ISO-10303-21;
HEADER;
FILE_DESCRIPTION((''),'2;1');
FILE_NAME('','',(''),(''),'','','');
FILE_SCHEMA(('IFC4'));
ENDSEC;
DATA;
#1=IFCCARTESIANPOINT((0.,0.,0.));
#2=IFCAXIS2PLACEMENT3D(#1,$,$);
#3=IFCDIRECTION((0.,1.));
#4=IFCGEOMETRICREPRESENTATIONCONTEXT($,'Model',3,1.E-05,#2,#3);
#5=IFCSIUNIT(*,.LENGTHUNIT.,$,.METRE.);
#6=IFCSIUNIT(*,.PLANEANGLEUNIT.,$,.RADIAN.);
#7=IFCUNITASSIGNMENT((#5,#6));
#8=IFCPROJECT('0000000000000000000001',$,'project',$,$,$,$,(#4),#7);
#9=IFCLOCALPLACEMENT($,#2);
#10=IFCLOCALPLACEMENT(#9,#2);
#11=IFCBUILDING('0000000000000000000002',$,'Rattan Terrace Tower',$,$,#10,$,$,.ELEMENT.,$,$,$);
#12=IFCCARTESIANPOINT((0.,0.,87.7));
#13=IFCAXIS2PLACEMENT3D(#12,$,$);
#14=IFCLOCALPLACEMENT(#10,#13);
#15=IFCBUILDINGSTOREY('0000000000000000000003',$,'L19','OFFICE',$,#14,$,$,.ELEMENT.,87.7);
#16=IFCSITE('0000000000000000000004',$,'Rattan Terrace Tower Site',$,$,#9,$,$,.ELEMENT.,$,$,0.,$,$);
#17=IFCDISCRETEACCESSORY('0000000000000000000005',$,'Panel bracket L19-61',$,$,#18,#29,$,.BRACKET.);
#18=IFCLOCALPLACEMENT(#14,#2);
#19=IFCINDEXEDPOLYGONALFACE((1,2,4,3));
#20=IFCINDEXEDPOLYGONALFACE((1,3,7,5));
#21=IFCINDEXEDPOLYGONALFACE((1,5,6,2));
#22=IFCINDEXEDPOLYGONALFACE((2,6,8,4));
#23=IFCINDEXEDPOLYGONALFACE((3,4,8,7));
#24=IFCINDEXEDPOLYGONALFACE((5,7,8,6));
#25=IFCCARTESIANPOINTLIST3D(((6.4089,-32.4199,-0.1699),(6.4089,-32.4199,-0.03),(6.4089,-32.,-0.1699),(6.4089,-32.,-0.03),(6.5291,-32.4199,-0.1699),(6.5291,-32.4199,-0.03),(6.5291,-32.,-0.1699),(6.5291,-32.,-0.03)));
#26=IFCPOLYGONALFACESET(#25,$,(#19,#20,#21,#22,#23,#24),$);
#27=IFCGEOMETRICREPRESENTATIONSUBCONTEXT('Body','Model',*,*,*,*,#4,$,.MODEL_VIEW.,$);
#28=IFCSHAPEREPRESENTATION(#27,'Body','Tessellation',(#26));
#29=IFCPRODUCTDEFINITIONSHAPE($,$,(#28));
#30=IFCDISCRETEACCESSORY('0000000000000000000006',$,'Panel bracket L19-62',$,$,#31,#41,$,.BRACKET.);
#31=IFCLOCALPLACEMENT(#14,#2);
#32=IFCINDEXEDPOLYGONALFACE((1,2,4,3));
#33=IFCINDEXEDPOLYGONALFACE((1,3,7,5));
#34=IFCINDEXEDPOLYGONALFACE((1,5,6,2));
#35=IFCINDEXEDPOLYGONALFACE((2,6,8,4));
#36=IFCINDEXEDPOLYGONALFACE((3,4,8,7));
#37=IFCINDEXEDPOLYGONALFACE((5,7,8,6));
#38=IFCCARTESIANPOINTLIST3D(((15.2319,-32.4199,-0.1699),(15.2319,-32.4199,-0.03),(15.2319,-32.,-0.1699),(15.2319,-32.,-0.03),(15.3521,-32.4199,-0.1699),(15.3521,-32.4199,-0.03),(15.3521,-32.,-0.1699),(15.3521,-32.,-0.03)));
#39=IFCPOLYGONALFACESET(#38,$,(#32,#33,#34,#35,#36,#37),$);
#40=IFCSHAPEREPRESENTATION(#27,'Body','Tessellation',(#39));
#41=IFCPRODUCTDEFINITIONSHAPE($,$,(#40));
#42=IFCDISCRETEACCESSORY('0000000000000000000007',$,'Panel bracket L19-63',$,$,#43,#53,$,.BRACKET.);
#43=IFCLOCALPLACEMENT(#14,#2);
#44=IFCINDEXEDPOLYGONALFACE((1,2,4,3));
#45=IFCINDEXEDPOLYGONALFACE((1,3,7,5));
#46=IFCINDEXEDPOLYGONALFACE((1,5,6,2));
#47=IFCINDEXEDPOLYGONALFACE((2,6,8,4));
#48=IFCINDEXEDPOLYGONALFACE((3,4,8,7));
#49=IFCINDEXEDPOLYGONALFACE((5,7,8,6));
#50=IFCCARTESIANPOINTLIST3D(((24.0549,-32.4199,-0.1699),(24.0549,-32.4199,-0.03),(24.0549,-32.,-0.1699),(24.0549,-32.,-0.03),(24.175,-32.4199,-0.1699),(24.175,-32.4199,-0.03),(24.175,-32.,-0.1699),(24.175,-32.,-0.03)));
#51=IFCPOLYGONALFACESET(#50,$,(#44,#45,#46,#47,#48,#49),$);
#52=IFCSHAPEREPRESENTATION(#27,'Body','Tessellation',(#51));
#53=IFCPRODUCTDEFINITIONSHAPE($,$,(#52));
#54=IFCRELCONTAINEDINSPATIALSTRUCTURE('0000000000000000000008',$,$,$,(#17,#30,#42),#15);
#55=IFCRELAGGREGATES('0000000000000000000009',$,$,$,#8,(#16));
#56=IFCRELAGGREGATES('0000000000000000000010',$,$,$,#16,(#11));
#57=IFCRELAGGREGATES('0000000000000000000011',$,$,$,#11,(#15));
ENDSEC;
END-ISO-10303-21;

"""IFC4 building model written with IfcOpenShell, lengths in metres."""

from ifc_helpers import new_model, si_unit, direction, frame, origin, origin_2d, place, context, subcontext, project, spatial, rectangle, extrude, element, save


model = new_model("IFC4")

# Units and contexts
model_context = context("Model", 3, precision=1e-05, world=origin(), true_north=direction((0.0, 1.0)))
body_context = subcontext(model_context, "Body", "Model", "MODEL_VIEW")
ifc_project = project(units=[si_unit("LENGTHUNIT", "METRE"), si_unit("PLANEANGLEUNIT", "RADIAN")], contexts=[model_context])

# Site, building, storey
site_placement = place(None, origin())
site = spatial("IfcSite", under=ifc_project, at=site_placement, Name="Rattan Terrace Tower Site", CompositionType="ELEMENT", RefElevation=0.0)
building_placement = place(site_placement, origin())
building = spatial("IfcBuilding", under=site, at=building_placement, Name="Rattan Terrace Tower", CompositionType="ELEMENT")
storey_placement = place(building_placement, frame((0.0, 0.0, 87.7)))
storey = spatial("IfcBuildingStorey", under=building, at=storey_placement, Name="L19", Description="OFFICE", CompositionType="ELEMENT", Elevation=87.7)

# Discrete accessories
for number, where, z_axis, x_axis, name in (
    (1, (6.469, -32.21, -0.1699), (0.0, 0.0, 1.0), (1.0, 0.0, 0.0), "Panel bracket L19-61"),
    (2, (15.292, -32.21, -0.1699), (0.0, 0.0, 1.0), (1.0, 0.0, 0.0), "Panel bracket L19-62"),
    (3, (24.115, -32.21, -0.1699), (0.0, 0.0, 1.0), (1.0, 0.0, 0.0), "Panel bracket L19-63"),
):
    element("IfcDiscreteAccessory", number, at=place(storey_placement, frame(where, z_axis=z_axis, x_axis=x_axis)), inside=storey, Name=name, PredefinedType="BRACKET", context=body_context, shape_type="SweptSolid", body=[
        extrude(rectangle(XDim=0.1201, YDim=0.4199, at=origin_2d()), origin(), (0.0, 0.0, 1.0), 0.1399),
    ])

save(model, "model.ifc")
